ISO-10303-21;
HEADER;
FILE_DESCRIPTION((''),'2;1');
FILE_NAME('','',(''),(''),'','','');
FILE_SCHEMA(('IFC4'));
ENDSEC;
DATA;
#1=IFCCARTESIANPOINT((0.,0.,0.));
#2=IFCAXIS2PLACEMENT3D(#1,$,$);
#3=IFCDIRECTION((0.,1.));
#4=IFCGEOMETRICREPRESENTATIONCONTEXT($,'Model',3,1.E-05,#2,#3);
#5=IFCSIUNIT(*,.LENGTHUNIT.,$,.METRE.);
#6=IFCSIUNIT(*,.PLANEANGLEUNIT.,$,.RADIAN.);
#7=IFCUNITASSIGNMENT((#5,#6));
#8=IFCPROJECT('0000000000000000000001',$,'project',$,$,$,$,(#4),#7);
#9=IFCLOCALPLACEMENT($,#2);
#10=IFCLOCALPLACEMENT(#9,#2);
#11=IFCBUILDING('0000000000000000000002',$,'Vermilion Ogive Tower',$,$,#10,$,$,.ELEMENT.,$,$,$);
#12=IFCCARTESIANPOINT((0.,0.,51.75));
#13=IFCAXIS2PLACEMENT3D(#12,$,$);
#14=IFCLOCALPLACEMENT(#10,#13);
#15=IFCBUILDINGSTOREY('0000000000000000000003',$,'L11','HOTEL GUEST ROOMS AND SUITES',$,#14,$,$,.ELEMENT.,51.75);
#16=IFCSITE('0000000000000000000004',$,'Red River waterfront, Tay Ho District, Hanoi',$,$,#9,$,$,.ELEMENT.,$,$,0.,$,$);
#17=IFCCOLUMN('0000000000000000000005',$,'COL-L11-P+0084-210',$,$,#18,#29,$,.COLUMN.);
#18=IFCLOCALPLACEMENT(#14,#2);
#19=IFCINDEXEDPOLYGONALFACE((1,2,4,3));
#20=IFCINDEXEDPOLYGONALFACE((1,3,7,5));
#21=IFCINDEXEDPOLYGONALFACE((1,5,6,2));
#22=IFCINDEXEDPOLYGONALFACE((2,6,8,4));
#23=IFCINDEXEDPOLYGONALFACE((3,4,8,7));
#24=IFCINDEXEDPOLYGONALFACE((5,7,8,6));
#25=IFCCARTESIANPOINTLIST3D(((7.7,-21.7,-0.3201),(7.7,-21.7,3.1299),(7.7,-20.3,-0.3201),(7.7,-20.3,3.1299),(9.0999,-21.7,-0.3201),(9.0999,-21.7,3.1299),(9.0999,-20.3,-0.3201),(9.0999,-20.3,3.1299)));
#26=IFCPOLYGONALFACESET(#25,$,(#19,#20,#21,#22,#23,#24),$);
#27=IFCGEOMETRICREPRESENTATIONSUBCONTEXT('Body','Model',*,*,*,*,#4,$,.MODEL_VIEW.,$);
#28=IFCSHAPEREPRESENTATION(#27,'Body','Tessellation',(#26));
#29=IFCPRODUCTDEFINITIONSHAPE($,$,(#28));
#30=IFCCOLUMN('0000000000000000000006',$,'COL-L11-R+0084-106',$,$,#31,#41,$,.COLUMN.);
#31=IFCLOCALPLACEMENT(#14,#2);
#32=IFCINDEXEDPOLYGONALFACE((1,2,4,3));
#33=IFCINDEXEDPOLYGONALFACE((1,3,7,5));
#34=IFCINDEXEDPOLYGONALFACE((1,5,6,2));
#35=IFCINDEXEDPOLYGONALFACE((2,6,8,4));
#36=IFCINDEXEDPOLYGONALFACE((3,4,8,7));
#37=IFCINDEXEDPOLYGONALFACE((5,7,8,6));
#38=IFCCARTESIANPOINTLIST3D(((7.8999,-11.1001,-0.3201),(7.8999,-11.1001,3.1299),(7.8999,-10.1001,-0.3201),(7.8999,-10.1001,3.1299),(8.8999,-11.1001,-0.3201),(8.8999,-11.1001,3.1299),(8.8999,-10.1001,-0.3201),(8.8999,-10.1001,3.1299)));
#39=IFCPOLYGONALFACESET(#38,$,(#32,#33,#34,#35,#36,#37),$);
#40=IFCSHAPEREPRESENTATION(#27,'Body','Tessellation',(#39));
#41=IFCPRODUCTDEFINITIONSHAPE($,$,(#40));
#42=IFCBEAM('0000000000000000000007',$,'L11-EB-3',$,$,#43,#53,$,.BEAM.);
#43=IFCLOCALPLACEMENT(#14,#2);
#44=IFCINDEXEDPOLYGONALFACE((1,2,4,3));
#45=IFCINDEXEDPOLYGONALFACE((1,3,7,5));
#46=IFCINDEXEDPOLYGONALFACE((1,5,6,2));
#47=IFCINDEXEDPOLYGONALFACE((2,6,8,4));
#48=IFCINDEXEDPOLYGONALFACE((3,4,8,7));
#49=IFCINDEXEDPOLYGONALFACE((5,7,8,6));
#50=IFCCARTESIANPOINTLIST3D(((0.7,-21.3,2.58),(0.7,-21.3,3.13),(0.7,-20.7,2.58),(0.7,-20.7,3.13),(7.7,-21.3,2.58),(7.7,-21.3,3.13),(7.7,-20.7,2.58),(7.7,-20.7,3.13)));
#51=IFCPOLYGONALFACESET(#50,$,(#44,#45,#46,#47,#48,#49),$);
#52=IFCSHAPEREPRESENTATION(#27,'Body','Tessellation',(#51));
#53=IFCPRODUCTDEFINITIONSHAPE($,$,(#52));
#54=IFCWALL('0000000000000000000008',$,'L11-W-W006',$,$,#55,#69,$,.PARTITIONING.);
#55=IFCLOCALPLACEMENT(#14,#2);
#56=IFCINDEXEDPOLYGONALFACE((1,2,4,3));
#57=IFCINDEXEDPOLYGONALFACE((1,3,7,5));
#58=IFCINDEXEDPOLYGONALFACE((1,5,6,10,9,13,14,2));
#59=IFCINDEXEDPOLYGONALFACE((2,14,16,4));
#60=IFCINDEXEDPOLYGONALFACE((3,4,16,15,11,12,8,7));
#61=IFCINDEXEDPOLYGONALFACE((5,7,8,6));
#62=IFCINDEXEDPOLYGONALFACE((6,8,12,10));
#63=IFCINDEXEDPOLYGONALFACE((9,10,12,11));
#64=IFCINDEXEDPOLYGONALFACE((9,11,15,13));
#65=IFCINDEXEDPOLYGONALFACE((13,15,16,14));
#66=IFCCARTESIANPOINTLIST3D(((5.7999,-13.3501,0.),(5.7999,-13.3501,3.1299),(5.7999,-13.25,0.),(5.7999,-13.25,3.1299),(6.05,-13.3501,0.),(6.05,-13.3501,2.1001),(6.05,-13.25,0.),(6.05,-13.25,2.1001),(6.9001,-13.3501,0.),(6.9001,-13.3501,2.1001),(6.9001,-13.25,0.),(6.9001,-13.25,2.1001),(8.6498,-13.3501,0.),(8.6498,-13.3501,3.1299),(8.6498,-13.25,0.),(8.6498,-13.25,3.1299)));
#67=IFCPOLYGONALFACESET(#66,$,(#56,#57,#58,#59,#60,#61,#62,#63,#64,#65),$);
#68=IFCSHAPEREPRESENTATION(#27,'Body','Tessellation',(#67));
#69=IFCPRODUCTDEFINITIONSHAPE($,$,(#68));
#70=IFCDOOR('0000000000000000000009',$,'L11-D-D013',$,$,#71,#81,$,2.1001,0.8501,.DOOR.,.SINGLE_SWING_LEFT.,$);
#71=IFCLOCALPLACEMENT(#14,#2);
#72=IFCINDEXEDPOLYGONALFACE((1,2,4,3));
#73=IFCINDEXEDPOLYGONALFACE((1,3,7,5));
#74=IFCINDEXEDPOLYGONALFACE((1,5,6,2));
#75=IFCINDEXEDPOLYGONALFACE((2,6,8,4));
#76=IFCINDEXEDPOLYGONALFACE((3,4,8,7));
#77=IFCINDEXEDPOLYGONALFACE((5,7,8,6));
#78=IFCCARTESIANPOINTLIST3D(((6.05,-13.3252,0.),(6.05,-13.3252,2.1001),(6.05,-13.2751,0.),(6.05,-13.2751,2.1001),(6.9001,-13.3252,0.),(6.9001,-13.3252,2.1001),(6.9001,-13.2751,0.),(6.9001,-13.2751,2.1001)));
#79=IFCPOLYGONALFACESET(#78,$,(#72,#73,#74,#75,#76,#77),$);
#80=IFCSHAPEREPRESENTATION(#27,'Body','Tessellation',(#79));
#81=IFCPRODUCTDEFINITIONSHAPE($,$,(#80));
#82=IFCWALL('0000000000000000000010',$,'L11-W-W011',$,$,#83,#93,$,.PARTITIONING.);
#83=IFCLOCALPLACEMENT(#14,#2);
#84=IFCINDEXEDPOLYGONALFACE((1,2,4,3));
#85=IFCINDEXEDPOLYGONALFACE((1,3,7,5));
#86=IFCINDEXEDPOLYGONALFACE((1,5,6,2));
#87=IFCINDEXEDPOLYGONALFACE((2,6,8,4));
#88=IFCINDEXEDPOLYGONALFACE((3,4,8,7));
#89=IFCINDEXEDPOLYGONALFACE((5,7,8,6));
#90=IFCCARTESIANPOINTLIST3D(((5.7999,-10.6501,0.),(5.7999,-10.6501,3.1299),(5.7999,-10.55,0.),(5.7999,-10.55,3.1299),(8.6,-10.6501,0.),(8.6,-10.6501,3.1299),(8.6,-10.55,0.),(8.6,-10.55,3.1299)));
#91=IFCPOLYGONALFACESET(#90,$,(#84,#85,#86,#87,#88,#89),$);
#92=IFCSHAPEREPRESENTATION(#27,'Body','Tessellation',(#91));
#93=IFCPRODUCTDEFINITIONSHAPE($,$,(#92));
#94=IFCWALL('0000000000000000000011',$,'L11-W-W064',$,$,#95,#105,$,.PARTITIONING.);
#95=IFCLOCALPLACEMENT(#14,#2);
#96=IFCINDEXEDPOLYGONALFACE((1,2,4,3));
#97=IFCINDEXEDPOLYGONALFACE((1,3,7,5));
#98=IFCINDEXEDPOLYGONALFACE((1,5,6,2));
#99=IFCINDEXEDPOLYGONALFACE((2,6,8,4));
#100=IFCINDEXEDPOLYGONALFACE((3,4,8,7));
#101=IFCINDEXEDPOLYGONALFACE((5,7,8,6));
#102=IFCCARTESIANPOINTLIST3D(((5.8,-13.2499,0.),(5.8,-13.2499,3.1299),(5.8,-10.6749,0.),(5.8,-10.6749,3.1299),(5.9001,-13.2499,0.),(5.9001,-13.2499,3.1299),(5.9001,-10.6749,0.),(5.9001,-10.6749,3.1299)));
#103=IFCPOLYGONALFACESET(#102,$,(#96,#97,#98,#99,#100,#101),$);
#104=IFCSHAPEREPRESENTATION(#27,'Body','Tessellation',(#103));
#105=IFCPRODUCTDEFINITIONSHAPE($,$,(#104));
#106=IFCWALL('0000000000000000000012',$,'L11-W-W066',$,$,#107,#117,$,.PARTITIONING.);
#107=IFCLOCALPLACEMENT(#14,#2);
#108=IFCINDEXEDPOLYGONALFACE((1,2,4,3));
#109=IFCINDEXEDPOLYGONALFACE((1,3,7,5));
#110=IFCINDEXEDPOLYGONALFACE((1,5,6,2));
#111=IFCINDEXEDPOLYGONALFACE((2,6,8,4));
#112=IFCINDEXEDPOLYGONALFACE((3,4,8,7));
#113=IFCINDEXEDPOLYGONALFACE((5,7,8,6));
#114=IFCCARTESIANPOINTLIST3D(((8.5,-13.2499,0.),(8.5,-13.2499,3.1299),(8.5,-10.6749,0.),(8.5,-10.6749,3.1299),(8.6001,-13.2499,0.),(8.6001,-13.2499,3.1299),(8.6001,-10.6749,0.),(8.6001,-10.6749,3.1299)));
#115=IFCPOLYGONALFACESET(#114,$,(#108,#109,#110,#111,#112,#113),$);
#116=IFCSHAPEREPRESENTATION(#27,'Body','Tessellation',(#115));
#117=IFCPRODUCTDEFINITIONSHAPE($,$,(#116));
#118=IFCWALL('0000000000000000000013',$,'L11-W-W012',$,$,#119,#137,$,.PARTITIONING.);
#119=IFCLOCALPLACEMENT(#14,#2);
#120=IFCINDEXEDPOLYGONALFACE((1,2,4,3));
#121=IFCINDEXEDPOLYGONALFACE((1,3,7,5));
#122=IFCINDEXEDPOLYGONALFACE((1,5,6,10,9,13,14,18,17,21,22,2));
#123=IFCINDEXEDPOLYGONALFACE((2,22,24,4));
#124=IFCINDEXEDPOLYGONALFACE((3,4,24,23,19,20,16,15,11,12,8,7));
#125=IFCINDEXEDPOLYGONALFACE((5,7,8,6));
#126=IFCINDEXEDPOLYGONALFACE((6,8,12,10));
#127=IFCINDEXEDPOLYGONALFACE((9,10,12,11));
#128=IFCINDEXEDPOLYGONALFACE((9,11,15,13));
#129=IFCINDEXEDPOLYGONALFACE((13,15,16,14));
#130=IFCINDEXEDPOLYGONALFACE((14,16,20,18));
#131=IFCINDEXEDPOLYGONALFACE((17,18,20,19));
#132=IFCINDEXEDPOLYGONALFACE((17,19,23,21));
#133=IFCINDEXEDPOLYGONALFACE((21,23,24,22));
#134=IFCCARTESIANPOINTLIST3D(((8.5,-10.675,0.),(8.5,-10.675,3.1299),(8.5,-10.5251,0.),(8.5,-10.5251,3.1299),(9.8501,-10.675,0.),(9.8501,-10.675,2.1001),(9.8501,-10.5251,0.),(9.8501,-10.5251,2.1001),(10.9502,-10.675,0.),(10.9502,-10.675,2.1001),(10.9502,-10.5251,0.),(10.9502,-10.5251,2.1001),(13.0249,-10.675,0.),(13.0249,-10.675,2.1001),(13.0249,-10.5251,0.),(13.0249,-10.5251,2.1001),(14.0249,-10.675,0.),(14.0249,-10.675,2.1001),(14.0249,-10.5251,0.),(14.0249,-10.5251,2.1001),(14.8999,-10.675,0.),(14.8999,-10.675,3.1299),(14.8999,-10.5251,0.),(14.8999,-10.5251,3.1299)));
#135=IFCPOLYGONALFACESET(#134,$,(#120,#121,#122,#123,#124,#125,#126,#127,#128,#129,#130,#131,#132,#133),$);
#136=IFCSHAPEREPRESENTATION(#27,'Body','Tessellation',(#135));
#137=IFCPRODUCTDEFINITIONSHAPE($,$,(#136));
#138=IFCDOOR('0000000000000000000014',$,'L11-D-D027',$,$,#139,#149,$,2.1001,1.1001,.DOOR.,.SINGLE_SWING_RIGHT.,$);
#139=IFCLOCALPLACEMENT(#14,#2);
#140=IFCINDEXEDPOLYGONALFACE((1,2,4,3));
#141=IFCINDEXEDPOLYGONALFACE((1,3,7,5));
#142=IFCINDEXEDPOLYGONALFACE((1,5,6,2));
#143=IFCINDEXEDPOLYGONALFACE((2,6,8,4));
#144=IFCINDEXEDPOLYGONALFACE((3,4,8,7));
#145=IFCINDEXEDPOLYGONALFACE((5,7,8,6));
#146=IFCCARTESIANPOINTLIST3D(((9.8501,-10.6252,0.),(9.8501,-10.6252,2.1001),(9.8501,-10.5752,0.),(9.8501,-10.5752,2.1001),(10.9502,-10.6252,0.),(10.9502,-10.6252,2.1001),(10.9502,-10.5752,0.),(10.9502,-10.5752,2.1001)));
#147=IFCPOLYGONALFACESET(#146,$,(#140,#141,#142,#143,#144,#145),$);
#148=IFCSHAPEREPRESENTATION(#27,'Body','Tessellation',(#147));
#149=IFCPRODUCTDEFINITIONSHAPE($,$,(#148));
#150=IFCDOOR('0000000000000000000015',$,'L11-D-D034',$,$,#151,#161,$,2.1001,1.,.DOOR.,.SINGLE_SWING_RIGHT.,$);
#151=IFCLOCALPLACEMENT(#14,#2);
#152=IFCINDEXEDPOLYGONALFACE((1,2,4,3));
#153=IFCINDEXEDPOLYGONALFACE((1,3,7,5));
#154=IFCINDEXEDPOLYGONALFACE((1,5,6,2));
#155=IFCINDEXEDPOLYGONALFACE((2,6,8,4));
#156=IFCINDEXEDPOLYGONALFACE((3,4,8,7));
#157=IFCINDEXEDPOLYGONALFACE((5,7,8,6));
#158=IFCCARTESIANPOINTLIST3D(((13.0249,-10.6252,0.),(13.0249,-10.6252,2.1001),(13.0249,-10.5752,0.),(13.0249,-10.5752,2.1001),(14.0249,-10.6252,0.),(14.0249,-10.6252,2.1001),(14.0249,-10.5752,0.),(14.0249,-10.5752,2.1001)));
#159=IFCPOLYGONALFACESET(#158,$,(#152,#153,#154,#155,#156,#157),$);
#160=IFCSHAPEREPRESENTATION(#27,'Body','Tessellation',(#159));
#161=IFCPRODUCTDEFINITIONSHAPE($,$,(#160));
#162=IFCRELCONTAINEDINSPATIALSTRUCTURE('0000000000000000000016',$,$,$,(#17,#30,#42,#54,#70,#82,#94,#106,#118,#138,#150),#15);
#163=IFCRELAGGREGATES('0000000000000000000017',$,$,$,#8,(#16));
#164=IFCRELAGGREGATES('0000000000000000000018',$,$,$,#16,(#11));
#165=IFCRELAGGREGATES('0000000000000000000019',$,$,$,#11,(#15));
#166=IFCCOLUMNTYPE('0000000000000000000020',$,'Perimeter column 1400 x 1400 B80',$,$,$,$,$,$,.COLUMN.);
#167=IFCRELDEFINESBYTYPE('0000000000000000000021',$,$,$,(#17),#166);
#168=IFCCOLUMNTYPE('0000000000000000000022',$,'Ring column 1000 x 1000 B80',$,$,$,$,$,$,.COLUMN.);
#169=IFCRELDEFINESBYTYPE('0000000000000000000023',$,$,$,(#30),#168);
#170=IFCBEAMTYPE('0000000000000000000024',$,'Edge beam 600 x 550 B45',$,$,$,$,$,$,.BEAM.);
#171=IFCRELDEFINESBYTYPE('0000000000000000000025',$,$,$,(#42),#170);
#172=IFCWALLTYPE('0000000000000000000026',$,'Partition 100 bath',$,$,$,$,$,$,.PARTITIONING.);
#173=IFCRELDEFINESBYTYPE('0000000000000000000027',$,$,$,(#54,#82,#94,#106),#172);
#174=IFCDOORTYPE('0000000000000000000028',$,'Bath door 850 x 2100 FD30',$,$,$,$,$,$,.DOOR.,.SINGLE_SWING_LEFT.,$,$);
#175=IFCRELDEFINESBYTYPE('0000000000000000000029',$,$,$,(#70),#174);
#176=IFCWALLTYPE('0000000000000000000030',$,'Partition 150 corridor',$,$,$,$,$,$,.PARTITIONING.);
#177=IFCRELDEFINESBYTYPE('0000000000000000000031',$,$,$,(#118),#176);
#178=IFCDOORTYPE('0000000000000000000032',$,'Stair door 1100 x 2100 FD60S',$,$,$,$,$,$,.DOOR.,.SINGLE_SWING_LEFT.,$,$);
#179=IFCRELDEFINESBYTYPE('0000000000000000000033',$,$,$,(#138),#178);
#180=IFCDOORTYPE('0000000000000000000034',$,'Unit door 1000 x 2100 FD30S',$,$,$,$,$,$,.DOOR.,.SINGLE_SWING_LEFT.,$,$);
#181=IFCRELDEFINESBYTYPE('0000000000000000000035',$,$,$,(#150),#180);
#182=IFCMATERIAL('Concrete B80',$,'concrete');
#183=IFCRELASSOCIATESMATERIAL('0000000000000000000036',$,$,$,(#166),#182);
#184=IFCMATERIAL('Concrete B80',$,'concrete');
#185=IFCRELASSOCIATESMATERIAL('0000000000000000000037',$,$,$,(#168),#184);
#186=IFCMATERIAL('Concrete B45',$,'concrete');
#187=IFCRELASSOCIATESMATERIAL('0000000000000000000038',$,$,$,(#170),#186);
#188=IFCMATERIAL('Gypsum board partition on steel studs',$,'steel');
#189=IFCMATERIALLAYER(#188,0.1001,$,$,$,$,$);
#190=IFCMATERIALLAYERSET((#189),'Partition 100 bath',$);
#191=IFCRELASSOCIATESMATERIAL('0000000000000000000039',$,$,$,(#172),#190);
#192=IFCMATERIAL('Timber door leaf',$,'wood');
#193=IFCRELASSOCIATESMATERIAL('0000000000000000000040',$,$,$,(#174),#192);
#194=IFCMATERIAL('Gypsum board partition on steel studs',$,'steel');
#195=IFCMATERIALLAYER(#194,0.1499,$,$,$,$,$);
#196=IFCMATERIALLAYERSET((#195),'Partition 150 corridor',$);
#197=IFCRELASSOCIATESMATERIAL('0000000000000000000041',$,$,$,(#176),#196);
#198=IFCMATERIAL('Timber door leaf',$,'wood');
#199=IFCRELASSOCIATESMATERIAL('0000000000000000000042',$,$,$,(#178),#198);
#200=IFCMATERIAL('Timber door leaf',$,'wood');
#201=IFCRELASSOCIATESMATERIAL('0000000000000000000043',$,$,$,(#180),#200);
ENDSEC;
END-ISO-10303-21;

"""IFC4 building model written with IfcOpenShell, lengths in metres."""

from ifc_helpers import new_model, si_unit, direction, frame, frame_2d, origin, origin_2d, place, context, subcontext, project, spatial, rectangle, extrude, material, layer, layer_set, material_profile, profile_set, type_object, element, fill, save


model = new_model("IFC4")

# Units and contexts
model_context = context("Model", 3, precision=1e-05, world=origin(), true_north=direction((0.0, 1.0)))
body_context = subcontext(model_context, "Body", "Model", "MODEL_VIEW")
ifc_project = project(units=[si_unit("LENGTHUNIT", "METRE"), si_unit("PLANEANGLEUNIT", "RADIAN")], contexts=[model_context])

# Site, building, storey
site_placement = place(None, origin())
site = spatial("IfcSite", under=ifc_project, at=site_placement, Name="Red River waterfront, Tay Ho District, Hanoi", CompositionType="ELEMENT", RefElevation=0.0)
building_placement = place(site_placement, origin())
building = spatial("IfcBuilding", under=site, at=building_placement, Name="Vermilion Ogive Tower", CompositionType="ELEMENT")
storey_placement = place(building_placement, frame((0.0, 0.0, 51.75)))
storey = spatial("IfcBuildingStorey", under=building, at=storey_placement, Name="L11", Description="HOTEL GUEST ROOMS AND SUITES", CompositionType="ELEMENT", Elevation=51.75)

# Columns
ifc_material_1 = material(Name="Concrete B80", Category="concrete")
ifc_material_profile_1 = material_profile(ifc_material_1, rectangle(XDim=1.3999, YDim=1.3999, at=origin_2d()), Name="1400 x 1400")
ifc_profile_set_1 = profile_set([ifc_material_profile_1], Name="Concrete B80")
column_type_1 = type_object("IfcColumnType", Name="Perimeter column 1400 x 1400 B80", PredefinedType="COLUMN", material=ifc_profile_set_1)
column_1_placement = place(storey_placement, frame((8.3999, -21.0, -0.3201), z_axis=(0.0, 0.0, 1.0), x_axis=(1.0, 0.0, 0.0)))
element("IfcColumn", 1, at=column_1_placement, inside=storey, type_object=column_type_1, Name="COL-L11-P+0084-210", PredefinedType="COLUMN", context=body_context, shape_type="SweptSolid", body=[
    extrude(rectangle(XDim=1.3999, YDim=1.3999, at=origin_2d()), origin(), (0.0, 0.0, 1.0), 3.45),
])
ifc_material_2 = material(Name="Concrete B80", Category="concrete")
ifc_material_profile_2 = material_profile(ifc_material_2, rectangle(XDim=1.0, YDim=1.0, at=origin_2d()), Name="1000 x 1000")
ifc_profile_set_2 = profile_set([ifc_material_profile_2], Name="Concrete B80")
column_type_2 = type_object("IfcColumnType", Name="Ring column 1000 x 1000 B80", PredefinedType="COLUMN", material=ifc_profile_set_2)
column_2_placement = place(storey_placement, frame((8.3999, -10.6001, -0.3201), z_axis=(0.0, 0.0, 1.0), x_axis=(1.0, 0.0, 0.0)))
element("IfcColumn", 2, at=column_2_placement, inside=storey, type_object=column_type_2, Name="COL-L11-R+0084-106", PredefinedType="COLUMN", context=body_context, shape_type="SweptSolid", body=[
    extrude(rectangle(XDim=1.0, YDim=1.0, at=origin_2d()), origin(), (0.0, 0.0, 1.0), 3.45),
])

# Beam
ifc_material_3 = material(Name="Concrete B45", Category="concrete")
ifc_material_profile_3 = material_profile(ifc_material_3, rectangle(XDim=0.6001, YDim=0.55, at=origin_2d()), Name="600 x 550")
ifc_profile_set_3 = profile_set([ifc_material_profile_3], Name="Concrete B45")
beam_type = type_object("IfcBeamType", Name="Edge beam 600 x 550 B45", PredefinedType="BEAM", material=ifc_profile_set_3)
beam_placement = place(storey_placement, frame((0.7, -21.0, 2.855), z_axis=(1.0, 0.0, 0.0), x_axis=(0.0, 1.0, 0.0)))
element("IfcBeam", 3, at=beam_placement, inside=storey, type_object=beam_type, Name="L11-EB-3", PredefinedType="BEAM", context=body_context, shape_type="SweptSolid", body=[
    extrude(rectangle(XDim=0.6001, YDim=0.55, at=origin_2d()), origin(), (0.0, 0.0, 1.0), 7.0),
])

# Wall, opening, door
ifc_material_4 = material(Name="Gypsum board partition on steel studs", Category="steel")
ifc_layer_1 = layer(ifc_material_4, 0.1001)
ifc_layer_set_1 = layer_set([ifc_layer_1], Name="Partition 100 bath")
wall_type_1 = type_object("IfcWallType", Name="Partition 100 bath", PredefinedType="PARTITIONING", material=ifc_layer_set_1)
wall_1_placement = place(storey_placement, frame((5.8, -13.3, 0.0), z_axis=(0.0, 0.0, 1.0), x_axis=(1.0, 0.0, 0.0)))
wall_1 = element("IfcWall", 4, at=wall_1_placement, inside=storey, type_object=wall_type_1, Name="L11-W-W006", PredefinedType="PARTITIONING", context=body_context, shape_type="SweptSolid", body=[
    extrude(rectangle(XDim=2.8499, YDim=0.1001, at=frame_2d((1.4248, 0.0))), origin(), (0.0, 0.0, 1.0), 3.1299),
])
opening_1_placement = place(wall_1_placement, frame((0.25, 0.0, 0.0)))
opening_1 = element("IfcOpeningElement", 5, at=opening_1_placement, cuts=wall_1, PredefinedType="OPENING", context=body_context, shape_type="SweptSolid", body=[
    extrude(rectangle(XDim=0.8501, YDim=2.1001, at=frame_2d((0.425, 1.05))), frame((0.0, 0.0601, 0.0), z_axis=(0.0, -1.0, 0.0), x_axis=(1.0, 0.0, 0.0)), (0.0, 0.0, 1.0), 0.1201),
])
ifc_material_5 = material(Name="Timber door leaf", Category="wood")
door_type_1 = type_object("IfcDoorType", Name="Bath door 850 x 2100 FD30", OperationType="SINGLE_SWING_LEFT", PredefinedType="DOOR", material=ifc_material_5)
door_1_placement = place(opening_1_placement, origin())
door_1 = element("IfcDoor", 6, at=door_1_placement, inside=storey, type_object=door_type_1, Name="L11-D-D013", OperationType="SINGLE_SWING_LEFT", OverallHeight=2.1001, OverallWidth=0.8501, PredefinedType="DOOR", context=body_context, shape_type="SweptSolid", body=[
    extrude(rectangle(XDim=0.8501, YDim=2.1001, at=frame_2d((0.425, 1.05))), frame((0.0, 0.0249, 0.0), z_axis=(0.0, -1.0, 0.0), x_axis=(1.0, 0.0, 0.0)), (0.0, 0.0, 1.0), 0.05),
])
fill(opening_1, door_1)

# Walls
wall_2_placement = place(storey_placement, frame((5.8, -10.6001, 0.0), z_axis=(0.0, 0.0, 1.0), x_axis=(1.0, 0.0, 0.0)))
element("IfcWall", 7, at=wall_2_placement, inside=storey, type_object=wall_type_1, Name="L11-W-W011", PredefinedType="PARTITIONING", context=body_context, shape_type="SweptSolid", body=[
    extrude(rectangle(XDim=2.8, YDim=0.1001, at=frame_2d((1.3999, 0.0))), origin(), (0.0, 0.0, 1.0), 3.1299),
])
for number, where, z_axis, x_axis, name in (
    (8, (5.8501, -13.25, 0.0), (0.0, 0.0, 1.0), (0.0, 1.0, 0.0), "L11-W-W064"),
    (9, (8.55, -13.25, 0.0), (0.0, 0.0, 1.0), (0.0, 1.0, 0.0), "L11-W-W066"),
):
    element("IfcWall", number, at=place(storey_placement, frame(where, z_axis=z_axis, x_axis=x_axis)), inside=storey, type_object=wall_type_1, Name=name, PredefinedType="PARTITIONING", context=body_context, shape_type="SweptSolid", body=[
        extrude(rectangle(XDim=2.575, YDim=0.1001, at=frame_2d((1.2876, 0.0))), origin(), (0.0, 0.0, 1.0), 3.1299),
    ])

# Wall, openings, doors
ifc_material_6 = material(Name="Gypsum board partition on steel studs", Category="steel")
ifc_layer_2 = layer(ifc_material_6, 0.1499)
ifc_layer_set_2 = layer_set([ifc_layer_2], Name="Partition 150 corridor")
wall_type_2 = type_object("IfcWallType", Name="Partition 150 corridor", PredefinedType="PARTITIONING", material=ifc_layer_set_2)
wall_3_placement = place(storey_placement, frame((8.5, -10.6001, 0.0), z_axis=(0.0, 0.0, 1.0), x_axis=(1.0, 0.0, 0.0)))
wall_3 = element("IfcWall", 10, at=wall_3_placement, inside=storey, type_object=wall_type_2, Name="L11-W-W012", PredefinedType="PARTITIONING", context=body_context, shape_type="SweptSolid", body=[
    extrude(rectangle(XDim=6.3999, YDim=0.1499, at=frame_2d((3.2, 0.0))), origin(), (0.0, 0.0, 1.0), 3.1299),
])
opening_2_placement = place(wall_3_placement, frame((1.3501, 0.0, 0.0)))
opening_2 = element("IfcOpeningElement", 11, at=opening_2_placement, cuts=wall_3, PredefinedType="OPENING", context=body_context, shape_type="SweptSolid", body=[
    extrude(rectangle(XDim=1.1001, YDim=2.1001, at=frame_2d((0.55, 1.05))), frame((0.0, 0.085, 0.0), z_axis=(0.0, -1.0, 0.0), x_axis=(1.0, 0.0, 0.0)), (0.0, 0.0, 1.0), 0.1699),
])
opening_3_placement = place(wall_3_placement, frame((4.5249, 0.0, 0.0)))
opening_3 = element("IfcOpeningElement", 12, at=opening_3_placement, cuts=wall_3, PredefinedType="OPENING", context=body_context, shape_type="SweptSolid", body=[
    extrude(rectangle(XDim=1.0, YDim=2.1001, at=frame_2d((0.5, 1.05))), frame((0.0, 0.085, 0.0), z_axis=(0.0, -1.0, 0.0), x_axis=(1.0, 0.0, 0.0)), (0.0, 0.0, 1.0), 0.1699),
])
ifc_material_7 = material(Name="Timber door leaf", Category="wood")
door_type_2 = type_object("IfcDoorType", Name="Stair door 1100 x 2100 FD60S", OperationType="SINGLE_SWING_LEFT", PredefinedType="DOOR", material=ifc_material_7)
door_2_placement = place(opening_2_placement, origin())
door_2 = element("IfcDoor", 13, at=door_2_placement, inside=storey, type_object=door_type_2, Name="L11-D-D027", OperationType="SINGLE_SWING_RIGHT", OverallHeight=2.1001, OverallWidth=1.1001, PredefinedType="DOOR", context=body_context, shape_type="SweptSolid", body=[
    extrude(rectangle(XDim=1.1001, YDim=2.1001, at=frame_2d((0.55, 1.05))), frame((0.0, 0.0249, 0.0), z_axis=(0.0, -1.0, 0.0), x_axis=(1.0, 0.0, 0.0)), (0.0, 0.0, 1.0), 0.05),
])
fill(opening_2, door_2)
ifc_material_8 = material(Name="Timber door leaf", Category="wood")
door_type_3 = type_object("IfcDoorType", Name="Unit door 1000 x 2100 FD30S", OperationType="SINGLE_SWING_LEFT", PredefinedType="DOOR", material=ifc_material_8)
door_3_placement = place(opening_3_placement, origin())
door_3 = element("IfcDoor", 14, at=door_3_placement, inside=storey, type_object=door_type_3, Name="L11-D-D034", OperationType="SINGLE_SWING_RIGHT", OverallHeight=2.1001, OverallWidth=1.0, PredefinedType="DOOR", context=body_context, shape_type="SweptSolid", body=[
    extrude(rectangle(XDim=1.0, YDim=2.1001, at=frame_2d((0.5, 1.05))), frame((0.0, 0.0249, 0.0), z_axis=(0.0, -1.0, 0.0), x_axis=(1.0, 0.0, 0.0)), (0.0, 0.0, 1.0), 0.05),
])
fill(opening_3, door_3)

save(model, "model.ifc")
